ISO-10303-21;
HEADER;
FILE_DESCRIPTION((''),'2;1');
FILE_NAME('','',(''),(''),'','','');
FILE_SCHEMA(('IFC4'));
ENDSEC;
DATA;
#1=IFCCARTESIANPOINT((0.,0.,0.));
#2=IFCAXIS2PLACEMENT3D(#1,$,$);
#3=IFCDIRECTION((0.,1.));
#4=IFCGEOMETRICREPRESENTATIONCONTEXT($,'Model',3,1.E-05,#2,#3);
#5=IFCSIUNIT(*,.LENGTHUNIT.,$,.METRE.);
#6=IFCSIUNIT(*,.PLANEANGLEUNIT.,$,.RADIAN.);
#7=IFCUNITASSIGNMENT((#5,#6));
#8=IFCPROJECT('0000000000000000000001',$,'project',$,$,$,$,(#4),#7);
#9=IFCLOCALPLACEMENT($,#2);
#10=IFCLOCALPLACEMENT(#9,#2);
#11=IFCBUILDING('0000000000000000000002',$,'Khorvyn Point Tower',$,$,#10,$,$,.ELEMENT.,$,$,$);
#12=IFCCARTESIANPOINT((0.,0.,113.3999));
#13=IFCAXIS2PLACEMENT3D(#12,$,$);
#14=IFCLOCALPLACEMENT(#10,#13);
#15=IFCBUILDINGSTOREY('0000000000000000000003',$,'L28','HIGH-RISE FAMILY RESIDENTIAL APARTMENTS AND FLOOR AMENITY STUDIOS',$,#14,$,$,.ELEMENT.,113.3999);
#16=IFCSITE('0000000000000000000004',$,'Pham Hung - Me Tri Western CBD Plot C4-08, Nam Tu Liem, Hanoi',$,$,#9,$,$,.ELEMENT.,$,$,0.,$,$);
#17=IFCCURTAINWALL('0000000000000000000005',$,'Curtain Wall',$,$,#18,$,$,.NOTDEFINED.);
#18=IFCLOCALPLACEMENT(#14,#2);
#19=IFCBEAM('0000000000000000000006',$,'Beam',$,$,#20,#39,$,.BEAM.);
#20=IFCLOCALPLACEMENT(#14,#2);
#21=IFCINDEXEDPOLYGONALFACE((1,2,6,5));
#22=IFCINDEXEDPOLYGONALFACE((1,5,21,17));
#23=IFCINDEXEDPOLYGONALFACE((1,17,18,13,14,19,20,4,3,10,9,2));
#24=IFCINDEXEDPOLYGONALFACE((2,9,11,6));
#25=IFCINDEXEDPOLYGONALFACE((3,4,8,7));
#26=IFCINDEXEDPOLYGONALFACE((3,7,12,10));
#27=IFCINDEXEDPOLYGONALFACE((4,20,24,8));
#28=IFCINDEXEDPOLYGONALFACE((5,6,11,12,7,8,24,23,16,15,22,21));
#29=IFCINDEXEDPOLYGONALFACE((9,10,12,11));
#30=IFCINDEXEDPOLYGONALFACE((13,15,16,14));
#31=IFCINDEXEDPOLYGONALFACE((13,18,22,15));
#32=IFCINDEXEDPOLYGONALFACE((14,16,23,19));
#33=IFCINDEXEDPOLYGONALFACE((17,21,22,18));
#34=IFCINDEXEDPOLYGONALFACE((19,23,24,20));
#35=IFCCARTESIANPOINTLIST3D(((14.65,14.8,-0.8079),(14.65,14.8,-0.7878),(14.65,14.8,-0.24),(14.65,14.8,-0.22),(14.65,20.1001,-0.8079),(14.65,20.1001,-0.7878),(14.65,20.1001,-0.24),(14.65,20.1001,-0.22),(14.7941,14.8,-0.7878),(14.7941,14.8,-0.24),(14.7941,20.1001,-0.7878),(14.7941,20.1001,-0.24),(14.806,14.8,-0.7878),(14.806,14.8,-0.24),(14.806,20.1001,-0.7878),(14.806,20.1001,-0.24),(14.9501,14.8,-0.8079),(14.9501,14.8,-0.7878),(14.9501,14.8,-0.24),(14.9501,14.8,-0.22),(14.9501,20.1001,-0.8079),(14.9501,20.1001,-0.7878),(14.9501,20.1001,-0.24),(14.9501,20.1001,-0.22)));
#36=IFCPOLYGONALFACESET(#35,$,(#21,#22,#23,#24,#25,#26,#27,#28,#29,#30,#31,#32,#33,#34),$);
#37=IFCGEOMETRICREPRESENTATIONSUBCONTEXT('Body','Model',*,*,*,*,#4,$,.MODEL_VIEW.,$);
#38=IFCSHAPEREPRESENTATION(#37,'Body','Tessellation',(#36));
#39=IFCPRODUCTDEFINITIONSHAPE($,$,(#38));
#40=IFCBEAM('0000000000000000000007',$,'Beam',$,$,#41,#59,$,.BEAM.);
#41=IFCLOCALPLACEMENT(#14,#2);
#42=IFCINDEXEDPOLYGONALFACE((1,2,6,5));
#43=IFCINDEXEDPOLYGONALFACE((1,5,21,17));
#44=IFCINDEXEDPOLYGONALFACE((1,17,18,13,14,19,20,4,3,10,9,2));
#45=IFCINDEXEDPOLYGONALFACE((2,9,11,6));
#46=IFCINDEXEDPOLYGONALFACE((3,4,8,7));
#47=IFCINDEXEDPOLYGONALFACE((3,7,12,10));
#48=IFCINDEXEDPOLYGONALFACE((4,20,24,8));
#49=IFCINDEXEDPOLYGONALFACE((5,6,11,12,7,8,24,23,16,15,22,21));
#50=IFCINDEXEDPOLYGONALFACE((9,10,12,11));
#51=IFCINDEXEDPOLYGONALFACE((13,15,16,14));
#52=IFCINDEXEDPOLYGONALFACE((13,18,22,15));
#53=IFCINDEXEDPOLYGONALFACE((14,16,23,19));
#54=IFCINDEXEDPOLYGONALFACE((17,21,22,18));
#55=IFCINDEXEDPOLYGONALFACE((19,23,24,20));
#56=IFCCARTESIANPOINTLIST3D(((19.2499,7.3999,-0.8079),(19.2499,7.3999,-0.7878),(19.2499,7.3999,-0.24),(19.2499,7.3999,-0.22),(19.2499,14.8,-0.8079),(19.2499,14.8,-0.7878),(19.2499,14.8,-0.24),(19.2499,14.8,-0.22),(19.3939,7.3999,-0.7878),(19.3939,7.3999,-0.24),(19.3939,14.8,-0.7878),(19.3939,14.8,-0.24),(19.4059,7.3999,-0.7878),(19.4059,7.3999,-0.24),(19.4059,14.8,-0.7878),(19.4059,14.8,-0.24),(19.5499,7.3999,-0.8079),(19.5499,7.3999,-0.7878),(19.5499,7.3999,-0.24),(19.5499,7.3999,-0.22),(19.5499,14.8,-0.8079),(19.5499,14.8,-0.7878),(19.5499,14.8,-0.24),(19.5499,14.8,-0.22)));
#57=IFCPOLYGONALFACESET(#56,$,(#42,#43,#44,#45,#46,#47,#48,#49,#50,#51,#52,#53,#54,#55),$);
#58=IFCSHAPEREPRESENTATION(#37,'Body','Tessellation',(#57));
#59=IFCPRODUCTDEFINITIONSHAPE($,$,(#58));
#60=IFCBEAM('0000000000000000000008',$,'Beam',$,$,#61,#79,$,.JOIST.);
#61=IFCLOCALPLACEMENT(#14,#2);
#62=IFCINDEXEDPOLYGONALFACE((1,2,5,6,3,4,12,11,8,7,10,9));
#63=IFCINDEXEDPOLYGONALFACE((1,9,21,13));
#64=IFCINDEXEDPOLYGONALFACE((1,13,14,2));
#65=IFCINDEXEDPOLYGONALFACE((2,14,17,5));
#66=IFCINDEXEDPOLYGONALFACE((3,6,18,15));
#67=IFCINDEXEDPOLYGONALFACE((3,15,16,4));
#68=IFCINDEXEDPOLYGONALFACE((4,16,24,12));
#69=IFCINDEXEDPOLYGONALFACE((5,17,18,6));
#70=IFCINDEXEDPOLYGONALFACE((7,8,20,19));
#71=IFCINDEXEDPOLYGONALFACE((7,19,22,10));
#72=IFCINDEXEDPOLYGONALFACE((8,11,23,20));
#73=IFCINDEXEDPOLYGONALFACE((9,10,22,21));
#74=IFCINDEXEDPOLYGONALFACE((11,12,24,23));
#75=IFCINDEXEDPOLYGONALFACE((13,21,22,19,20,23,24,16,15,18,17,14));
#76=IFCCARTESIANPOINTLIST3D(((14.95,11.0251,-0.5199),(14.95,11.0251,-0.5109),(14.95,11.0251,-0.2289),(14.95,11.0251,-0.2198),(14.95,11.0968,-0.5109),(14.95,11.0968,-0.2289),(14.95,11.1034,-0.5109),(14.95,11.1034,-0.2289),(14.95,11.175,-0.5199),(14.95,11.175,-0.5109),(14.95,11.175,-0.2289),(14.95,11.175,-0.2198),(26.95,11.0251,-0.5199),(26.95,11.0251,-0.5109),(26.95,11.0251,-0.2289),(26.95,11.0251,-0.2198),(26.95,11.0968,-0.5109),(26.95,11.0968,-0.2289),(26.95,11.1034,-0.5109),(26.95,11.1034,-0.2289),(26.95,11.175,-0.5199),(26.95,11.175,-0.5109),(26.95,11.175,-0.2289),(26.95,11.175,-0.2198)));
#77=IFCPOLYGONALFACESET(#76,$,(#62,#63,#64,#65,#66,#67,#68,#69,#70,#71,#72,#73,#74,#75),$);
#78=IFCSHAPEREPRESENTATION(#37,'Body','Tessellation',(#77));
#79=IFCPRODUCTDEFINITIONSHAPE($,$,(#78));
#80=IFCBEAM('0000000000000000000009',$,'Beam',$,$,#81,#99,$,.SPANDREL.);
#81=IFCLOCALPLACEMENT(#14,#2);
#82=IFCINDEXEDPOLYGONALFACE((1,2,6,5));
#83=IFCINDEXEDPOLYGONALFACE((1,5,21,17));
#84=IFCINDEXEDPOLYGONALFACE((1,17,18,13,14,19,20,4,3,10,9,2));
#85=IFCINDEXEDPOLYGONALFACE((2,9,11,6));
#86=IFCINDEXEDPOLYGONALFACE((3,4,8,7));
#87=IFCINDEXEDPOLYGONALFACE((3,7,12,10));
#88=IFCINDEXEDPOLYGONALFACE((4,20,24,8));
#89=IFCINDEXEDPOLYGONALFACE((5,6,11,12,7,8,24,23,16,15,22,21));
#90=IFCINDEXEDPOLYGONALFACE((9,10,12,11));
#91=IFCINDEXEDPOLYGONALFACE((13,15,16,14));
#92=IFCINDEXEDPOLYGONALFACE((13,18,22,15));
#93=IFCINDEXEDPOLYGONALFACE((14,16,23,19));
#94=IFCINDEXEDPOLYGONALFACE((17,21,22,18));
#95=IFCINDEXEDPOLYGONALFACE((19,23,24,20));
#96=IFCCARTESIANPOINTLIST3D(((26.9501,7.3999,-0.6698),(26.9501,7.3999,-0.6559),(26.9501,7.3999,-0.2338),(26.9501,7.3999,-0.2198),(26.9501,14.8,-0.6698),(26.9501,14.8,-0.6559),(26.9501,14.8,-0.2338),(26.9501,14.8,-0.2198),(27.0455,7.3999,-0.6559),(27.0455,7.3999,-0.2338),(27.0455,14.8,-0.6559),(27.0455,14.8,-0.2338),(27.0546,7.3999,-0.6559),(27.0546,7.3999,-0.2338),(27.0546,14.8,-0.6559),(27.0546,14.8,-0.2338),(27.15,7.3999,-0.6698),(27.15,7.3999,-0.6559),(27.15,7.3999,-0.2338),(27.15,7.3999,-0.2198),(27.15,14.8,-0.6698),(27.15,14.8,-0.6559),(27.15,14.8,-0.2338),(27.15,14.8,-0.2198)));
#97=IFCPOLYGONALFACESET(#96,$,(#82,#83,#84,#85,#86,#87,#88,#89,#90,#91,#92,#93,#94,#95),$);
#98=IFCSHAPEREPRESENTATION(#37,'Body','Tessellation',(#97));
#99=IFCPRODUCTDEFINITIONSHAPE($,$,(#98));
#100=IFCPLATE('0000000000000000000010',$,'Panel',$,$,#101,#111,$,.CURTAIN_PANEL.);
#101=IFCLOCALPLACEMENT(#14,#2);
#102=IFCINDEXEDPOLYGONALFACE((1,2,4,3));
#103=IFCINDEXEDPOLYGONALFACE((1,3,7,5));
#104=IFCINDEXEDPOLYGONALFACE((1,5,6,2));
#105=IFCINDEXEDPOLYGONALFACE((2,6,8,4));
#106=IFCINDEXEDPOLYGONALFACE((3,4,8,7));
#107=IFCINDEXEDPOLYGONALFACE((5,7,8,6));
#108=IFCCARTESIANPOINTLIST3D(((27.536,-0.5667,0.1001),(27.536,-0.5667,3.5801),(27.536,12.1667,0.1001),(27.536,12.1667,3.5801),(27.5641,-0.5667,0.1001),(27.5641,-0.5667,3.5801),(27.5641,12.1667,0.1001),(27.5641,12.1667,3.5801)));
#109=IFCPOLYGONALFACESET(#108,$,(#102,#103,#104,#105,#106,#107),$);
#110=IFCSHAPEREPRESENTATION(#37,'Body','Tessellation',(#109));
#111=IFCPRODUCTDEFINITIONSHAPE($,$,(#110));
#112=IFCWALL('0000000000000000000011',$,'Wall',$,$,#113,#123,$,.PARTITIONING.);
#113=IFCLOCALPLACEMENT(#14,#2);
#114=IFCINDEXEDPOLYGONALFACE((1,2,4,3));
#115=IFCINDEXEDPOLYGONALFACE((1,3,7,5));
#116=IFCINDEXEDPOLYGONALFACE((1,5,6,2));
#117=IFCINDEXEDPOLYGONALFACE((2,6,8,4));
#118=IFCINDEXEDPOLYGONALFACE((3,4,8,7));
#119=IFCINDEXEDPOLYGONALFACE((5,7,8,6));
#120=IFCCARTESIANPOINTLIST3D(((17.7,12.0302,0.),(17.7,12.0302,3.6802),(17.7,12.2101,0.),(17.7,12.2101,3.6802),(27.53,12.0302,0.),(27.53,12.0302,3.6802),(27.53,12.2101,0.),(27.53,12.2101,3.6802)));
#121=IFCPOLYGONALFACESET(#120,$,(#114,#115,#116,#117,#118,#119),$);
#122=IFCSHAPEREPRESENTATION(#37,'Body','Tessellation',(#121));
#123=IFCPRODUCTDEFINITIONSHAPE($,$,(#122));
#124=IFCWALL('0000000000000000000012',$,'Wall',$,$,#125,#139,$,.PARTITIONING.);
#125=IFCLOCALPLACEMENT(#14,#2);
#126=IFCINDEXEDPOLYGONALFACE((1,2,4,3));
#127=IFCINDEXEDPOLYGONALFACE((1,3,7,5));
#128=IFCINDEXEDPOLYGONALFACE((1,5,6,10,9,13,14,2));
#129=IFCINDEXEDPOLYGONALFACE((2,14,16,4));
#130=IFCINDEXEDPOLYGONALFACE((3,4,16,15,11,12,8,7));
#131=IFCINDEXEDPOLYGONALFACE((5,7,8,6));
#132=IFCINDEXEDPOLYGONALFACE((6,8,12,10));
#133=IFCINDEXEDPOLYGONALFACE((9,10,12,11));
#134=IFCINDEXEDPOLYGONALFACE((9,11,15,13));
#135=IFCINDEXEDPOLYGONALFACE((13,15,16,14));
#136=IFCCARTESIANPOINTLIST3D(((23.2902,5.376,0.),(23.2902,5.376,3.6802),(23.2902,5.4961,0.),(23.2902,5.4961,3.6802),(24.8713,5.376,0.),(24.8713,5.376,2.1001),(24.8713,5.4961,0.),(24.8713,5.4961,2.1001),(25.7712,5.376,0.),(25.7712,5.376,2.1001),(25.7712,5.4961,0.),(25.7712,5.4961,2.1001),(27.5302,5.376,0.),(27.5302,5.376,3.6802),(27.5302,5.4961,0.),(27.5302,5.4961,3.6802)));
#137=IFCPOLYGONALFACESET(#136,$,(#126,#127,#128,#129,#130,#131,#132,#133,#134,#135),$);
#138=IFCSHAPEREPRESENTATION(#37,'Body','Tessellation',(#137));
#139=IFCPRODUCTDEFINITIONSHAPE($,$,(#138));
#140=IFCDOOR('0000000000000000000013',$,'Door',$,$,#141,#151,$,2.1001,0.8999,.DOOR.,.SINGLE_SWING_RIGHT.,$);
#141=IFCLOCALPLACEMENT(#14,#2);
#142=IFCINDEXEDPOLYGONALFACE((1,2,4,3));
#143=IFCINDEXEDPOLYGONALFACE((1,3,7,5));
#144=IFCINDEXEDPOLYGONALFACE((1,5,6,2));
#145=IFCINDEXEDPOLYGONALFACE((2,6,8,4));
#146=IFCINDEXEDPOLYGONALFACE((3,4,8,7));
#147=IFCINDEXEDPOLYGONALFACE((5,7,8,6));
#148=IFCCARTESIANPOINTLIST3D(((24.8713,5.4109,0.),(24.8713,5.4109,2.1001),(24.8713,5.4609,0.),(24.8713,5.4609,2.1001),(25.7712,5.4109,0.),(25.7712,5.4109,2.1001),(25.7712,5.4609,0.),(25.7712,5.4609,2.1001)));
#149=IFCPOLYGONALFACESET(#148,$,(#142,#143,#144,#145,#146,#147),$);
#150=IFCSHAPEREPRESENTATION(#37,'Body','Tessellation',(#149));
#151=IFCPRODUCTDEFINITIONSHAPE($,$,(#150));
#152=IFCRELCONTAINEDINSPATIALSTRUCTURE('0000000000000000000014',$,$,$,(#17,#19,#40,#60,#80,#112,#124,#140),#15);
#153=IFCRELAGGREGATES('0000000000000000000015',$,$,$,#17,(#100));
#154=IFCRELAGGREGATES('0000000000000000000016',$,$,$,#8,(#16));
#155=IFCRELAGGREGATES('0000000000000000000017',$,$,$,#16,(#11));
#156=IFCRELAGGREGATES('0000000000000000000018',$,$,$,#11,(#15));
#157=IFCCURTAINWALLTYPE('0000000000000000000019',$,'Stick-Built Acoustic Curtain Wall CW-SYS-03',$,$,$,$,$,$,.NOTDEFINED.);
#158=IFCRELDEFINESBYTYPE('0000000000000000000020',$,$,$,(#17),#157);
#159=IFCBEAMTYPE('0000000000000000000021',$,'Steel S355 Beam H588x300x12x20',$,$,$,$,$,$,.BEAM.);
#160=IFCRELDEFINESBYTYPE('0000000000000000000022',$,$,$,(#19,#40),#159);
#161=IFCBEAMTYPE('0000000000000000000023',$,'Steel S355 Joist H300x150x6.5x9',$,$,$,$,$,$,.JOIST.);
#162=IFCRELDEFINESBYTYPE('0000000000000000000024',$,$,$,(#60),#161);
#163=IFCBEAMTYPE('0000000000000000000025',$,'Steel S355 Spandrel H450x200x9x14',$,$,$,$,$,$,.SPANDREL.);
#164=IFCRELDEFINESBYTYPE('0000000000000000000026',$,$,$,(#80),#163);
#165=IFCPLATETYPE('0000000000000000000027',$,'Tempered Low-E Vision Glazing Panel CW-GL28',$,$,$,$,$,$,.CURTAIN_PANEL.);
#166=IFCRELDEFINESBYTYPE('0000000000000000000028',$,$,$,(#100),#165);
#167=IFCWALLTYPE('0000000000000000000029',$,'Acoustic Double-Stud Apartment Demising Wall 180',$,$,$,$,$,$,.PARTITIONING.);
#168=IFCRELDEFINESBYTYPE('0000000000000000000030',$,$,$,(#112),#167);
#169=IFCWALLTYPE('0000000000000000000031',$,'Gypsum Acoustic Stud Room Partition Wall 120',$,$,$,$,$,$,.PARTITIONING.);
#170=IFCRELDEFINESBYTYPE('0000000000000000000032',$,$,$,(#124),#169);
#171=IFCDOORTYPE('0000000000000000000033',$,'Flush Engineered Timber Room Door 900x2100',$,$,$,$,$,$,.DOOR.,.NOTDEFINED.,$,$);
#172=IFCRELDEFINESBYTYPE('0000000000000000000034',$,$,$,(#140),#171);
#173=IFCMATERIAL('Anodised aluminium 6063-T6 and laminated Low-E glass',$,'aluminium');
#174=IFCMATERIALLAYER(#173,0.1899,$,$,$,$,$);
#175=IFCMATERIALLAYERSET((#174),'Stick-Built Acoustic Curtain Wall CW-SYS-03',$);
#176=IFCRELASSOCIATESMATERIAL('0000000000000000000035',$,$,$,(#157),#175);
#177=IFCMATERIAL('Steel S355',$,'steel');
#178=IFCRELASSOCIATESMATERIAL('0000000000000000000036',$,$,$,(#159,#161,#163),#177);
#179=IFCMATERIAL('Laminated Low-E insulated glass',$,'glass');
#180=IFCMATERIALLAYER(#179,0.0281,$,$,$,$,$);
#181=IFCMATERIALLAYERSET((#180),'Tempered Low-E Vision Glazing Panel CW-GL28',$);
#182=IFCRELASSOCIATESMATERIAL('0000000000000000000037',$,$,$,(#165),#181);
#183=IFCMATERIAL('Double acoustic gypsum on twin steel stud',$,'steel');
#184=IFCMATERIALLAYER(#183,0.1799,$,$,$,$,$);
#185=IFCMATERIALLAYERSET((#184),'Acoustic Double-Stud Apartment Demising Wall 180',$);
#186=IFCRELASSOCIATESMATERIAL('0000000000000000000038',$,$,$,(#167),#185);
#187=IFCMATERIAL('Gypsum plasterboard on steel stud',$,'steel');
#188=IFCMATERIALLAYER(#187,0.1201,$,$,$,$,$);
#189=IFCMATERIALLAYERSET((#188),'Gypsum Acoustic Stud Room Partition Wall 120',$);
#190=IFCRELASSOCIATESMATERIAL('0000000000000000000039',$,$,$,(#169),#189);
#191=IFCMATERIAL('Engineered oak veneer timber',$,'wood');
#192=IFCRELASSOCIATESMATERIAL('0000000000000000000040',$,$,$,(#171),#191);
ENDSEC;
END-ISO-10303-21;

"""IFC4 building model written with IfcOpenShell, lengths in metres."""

from ifc_helpers import new_model, si_unit, direction, frame, frame_2d, origin, origin_2d, place, context, subcontext, project, spatial, rectangle, i_section, extrude, material, layer, layer_set, material_profile, profile_set, type_object, element, fill, aggregate, save


model = new_model("IFC4")

# Units and contexts
model_context = context("Model", 3, precision=1e-05, world=origin(), true_north=direction((0.0, 1.0)))
body_context = subcontext(model_context, "Body", "Model", "MODEL_VIEW")
ifc_project = project(units=[si_unit("LENGTHUNIT", "METRE"), si_unit("PLANEANGLEUNIT", "RADIAN")], contexts=[model_context])

# Site, building, storey
site_placement = place(None, origin())
site = spatial("IfcSite", under=ifc_project, at=site_placement, Name="Pham Hung - Me Tri Western CBD Plot C4-08, Nam Tu Liem, Hanoi", CompositionType="ELEMENT", RefElevation=0.0)
building_placement = place(site_placement, origin())
building = spatial("IfcBuilding", under=site, at=building_placement, Name="Khorvyn Point Tower", CompositionType="ELEMENT")
storey_placement = place(building_placement, frame((0.0, 0.0, 113.3999)))
storey = spatial("IfcBuildingStorey", under=building, at=storey_placement, Name="L28", Description="HIGH-RISE FAMILY RESIDENTIAL APARTMENTS AND FLOOR AMENITY STUDIOS", CompositionType="ELEMENT", Elevation=113.3999)

# Curtain wall
ifc_material_1 = material(Name="Anodised aluminium 6063-T6 and laminated Low-E glass", Category="aluminium")
ifc_layer_1 = layer(ifc_material_1, 0.1899)
ifc_layer_set_1 = layer_set([ifc_layer_1], Name="Stick-Built Acoustic Curtain Wall CW-SYS-03")
curtain_wall_type = type_object("IfcCurtainWallType", Name="Stick-Built Acoustic Curtain Wall CW-SYS-03", PredefinedType="NOTDEFINED", material=ifc_layer_set_1)
curtain_wall_placement = place(storey_placement, origin())
curtain_wall = element("IfcCurtainWall", 1, at=curtain_wall_placement, inside=storey, type_object=curtain_wall_type, Name="Curtain Wall", PredefinedType="NOTDEFINED")

# Beams
ifc_material_2 = material(Name="Steel S355", Category="steel")
ifc_material_profile_1 = material_profile(ifc_material_2, i_section(OverallWidth=0.3, OverallDepth=0.5879, WebThickness=0.012, FlangeThickness=0.02, at=origin_2d()))
ifc_profile_set_1 = profile_set([ifc_material_profile_1], Name="Steel S355 H588x300x12x20")
beam_type_1 = type_object("IfcBeamType", Name="Steel S355 Beam H588x300x12x20", PredefinedType="BEAM", material=ifc_profile_set_1)
beam_1_placement = place(storey_placement, frame((14.8, 14.8, -0.5139), z_axis=(0.0, 1.0, 0.0), x_axis=(-1.0, 0.0, 0.0)))
element("IfcBeam", 2, at=beam_1_placement, inside=storey, type_object=beam_type_1, Name="Beam", PredefinedType="BEAM", context=body_context, shape_type="SweptSolid", body=[
    extrude(i_section(OverallWidth=0.3, OverallDepth=0.5879, WebThickness=0.012, FlangeThickness=0.02, at=origin_2d()), origin(), (0.0, 0.0, 1.0), 5.3),
])
beam_2_placement = place(storey_placement, frame((19.3999, 7.3999, -0.5139), z_axis=(0.0, 1.0, 0.0), x_axis=(-1.0, 0.0, 0.0)))
element("IfcBeam", 3, at=beam_2_placement, inside=storey, type_object=beam_type_1, Name="Beam", PredefinedType="BEAM", context=body_context, shape_type="SweptSolid", body=[
    extrude(i_section(OverallWidth=0.3, OverallDepth=0.5879, WebThickness=0.012, FlangeThickness=0.02, at=origin_2d()), origin(), (0.0, 0.0, 1.0), 7.4001),
])
ifc_material_profile_2 = material_profile(ifc_material_2, i_section(OverallWidth=0.1499, OverallDepth=0.3, WebThickness=0.0066, FlangeThickness=0.009, at=origin_2d()))
ifc_profile_set_2 = profile_set([ifc_material_profile_2], Name="Steel S355 H300x150x6.5x9")
beam_type_2 = type_object("IfcBeamType", Name="Steel S355 Joist H300x150x6.5x9", PredefinedType="JOIST", material=ifc_profile_set_2)
beam_3_placement = place(storey_placement, frame((14.95, 11.1001, -0.3699), z_axis=(1.0, 0.0, 0.0), x_axis=(0.0, 1.0, 0.0)))
element("IfcBeam", 4, at=beam_3_placement, inside=storey, type_object=beam_type_2, Name="Beam", PredefinedType="JOIST", context=body_context, shape_type="SweptSolid", body=[
    extrude(i_section(OverallWidth=0.1499, OverallDepth=0.3, WebThickness=0.0066, FlangeThickness=0.009, at=origin_2d()), origin(), (0.0, 0.0, 1.0), 12.0),
])
ifc_material_profile_3 = material_profile(ifc_material_2, i_section(OverallWidth=0.2, OverallDepth=0.45, WebThickness=0.009, FlangeThickness=0.0139, at=origin_2d()))
ifc_profile_set_3 = profile_set([ifc_material_profile_3], Name="Steel S355 H450x200x9x14")
beam_type_3 = type_object("IfcBeamType", Name="Steel S355 Spandrel H450x200x9x14", PredefinedType="SPANDREL", material=ifc_profile_set_3)
beam_4_placement = place(storey_placement, frame((27.05, 7.3999, -0.4448), z_axis=(0.0, 1.0, 0.0), x_axis=(-1.0, 0.0, 0.0)))
element("IfcBeam", 5, at=beam_4_placement, inside=storey, type_object=beam_type_3, Name="Beam", PredefinedType="SPANDREL", context=body_context, shape_type="SweptSolid", body=[
    extrude(i_section(OverallWidth=0.2, OverallDepth=0.45, WebThickness=0.009, FlangeThickness=0.0139, at=origin_2d()), origin(), (0.0, 0.0, 1.0), 7.4001),
])

# Plate
ifc_material_3 = material(Name="Laminated Low-E insulated glass", Category="glass")
ifc_layer_2 = layer(ifc_material_3, 0.0281)
ifc_layer_set_2 = layer_set([ifc_layer_2], Name="Tempered Low-E Vision Glazing Panel CW-GL28")
plate_type = type_object("IfcPlateType", Name="Tempered Low-E Vision Glazing Panel CW-GL28", PredefinedType="CURTAIN_PANEL", material=ifc_layer_set_2)
plate_placement = place(storey_placement, frame((27.55, 5.8, 0.1001), z_axis=(0.0, 0.0, 1.0), x_axis=(0.0, -1.0, 0.0)))
plate = element("IfcPlate", 6, at=plate_placement, type_object=plate_type, Name="Panel", PredefinedType="CURTAIN_PANEL", context=body_context, shape_type="SweptSolid", body=[
    extrude(rectangle(XDim=12.7334, YDim=0.0281, at=origin_2d()), origin(), (0.0, 0.0, 1.0), 3.48),
])
aggregate(curtain_wall, [plate])

# Wall
ifc_material_4 = material(Name="Double acoustic gypsum on twin steel stud", Category="steel")
ifc_layer_3 = layer(ifc_material_4, 0.1799)
ifc_layer_set_3 = layer_set([ifc_layer_3], Name="Acoustic Double-Stud Apartment Demising Wall 180")
wall_type_1 = type_object("IfcWallType", Name="Acoustic Double-Stud Apartment Demising Wall 180", PredefinedType="PARTITIONING", material=ifc_layer_set_3)
wall_1_placement = place(storey_placement, frame((17.7, 12.1201, 0.0), z_axis=(0.0, 0.0, 1.0), x_axis=(1.0, 0.0, 0.0)))
element("IfcWall", 7, at=wall_1_placement, inside=storey, type_object=wall_type_1, Name="Wall", PredefinedType="PARTITIONING", context=body_context, shape_type="SweptSolid", body=[
    extrude(rectangle(XDim=9.8301, YDim=0.1799, at=frame_2d((4.915, 0.0))), origin(), (0.0, 0.0, 1.0), 3.6802),
])

# Wall, opening, door
ifc_material_5 = material(Name="Gypsum plasterboard on steel stud", Category="steel")
ifc_layer_4 = layer(ifc_material_5, 0.1201)
ifc_layer_set_4 = layer_set([ifc_layer_4], Name="Gypsum Acoustic Stud Room Partition Wall 120")
wall_type_2 = type_object("IfcWallType", Name="Gypsum Acoustic Stud Room Partition Wall 120", PredefinedType="PARTITIONING", material=ifc_layer_set_4)
wall_2_placement = place(storey_placement, frame((23.29, 5.436, 0.0), z_axis=(0.0, 0.0, 1.0), x_axis=(1.0, 0.0, 0.0)))
wall_2 = element("IfcWall", 8, at=wall_2_placement, inside=storey, type_object=wall_type_2, Name="Wall", PredefinedType="PARTITIONING", context=body_context, shape_type="SweptSolid", body=[
    extrude(rectangle(XDim=4.24, YDim=0.1201, at=frame_2d((2.1201, 0.0))), origin(), (0.0, 0.0, 1.0), 3.6802),
])
opening_1_placement = place(wall_2_placement, frame((1.5813, 0.0, 0.0)))
opening_1 = element("IfcOpeningElement", 9, at=opening_1_placement, cuts=wall_2, PredefinedType="OPENING", context=body_context, shape_type="SweptSolid", body=[
    extrude(rectangle(XDim=0.8999, YDim=2.1001, at=frame_2d((0.45, 1.05))), frame((0.0, 0.0701, 0.0), z_axis=(0.0, -1.0, 0.0), x_axis=(1.0, 0.0, 0.0)), (0.0, 0.0, 1.0), 0.1401),
])
ifc_material_6 = material(Name="Engineered oak veneer timber", Category="wood")
door_type_1 = type_object("IfcDoorType", Name="Flush Engineered Timber Room Door 900x2100", OperationType="NOTDEFINED", PredefinedType="DOOR", material=ifc_material_6)
door_1_placement = place(opening_1_placement, origin())
door_1 = element("IfcDoor", 10, at=door_1_placement, inside=storey, type_object=door_type_1, Name="Door", OperationType="SINGLE_SWING_RIGHT", OverallHeight=2.1001, OverallWidth=0.8999, PredefinedType="DOOR", context=body_context, shape_type="SweptSolid", body=[
    extrude(rectangle(XDim=0.8999, YDim=2.1001, at=frame_2d((0.45, 1.05))), frame((0.0, 0.0249, 0.0), z_axis=(0.0, -1.0, 0.0), x_axis=(1.0, 0.0, 0.0)), (0.0, 0.0, 1.0), 0.05),
])
fill(opening_1, door_1)

save(model, "model.ifc")
